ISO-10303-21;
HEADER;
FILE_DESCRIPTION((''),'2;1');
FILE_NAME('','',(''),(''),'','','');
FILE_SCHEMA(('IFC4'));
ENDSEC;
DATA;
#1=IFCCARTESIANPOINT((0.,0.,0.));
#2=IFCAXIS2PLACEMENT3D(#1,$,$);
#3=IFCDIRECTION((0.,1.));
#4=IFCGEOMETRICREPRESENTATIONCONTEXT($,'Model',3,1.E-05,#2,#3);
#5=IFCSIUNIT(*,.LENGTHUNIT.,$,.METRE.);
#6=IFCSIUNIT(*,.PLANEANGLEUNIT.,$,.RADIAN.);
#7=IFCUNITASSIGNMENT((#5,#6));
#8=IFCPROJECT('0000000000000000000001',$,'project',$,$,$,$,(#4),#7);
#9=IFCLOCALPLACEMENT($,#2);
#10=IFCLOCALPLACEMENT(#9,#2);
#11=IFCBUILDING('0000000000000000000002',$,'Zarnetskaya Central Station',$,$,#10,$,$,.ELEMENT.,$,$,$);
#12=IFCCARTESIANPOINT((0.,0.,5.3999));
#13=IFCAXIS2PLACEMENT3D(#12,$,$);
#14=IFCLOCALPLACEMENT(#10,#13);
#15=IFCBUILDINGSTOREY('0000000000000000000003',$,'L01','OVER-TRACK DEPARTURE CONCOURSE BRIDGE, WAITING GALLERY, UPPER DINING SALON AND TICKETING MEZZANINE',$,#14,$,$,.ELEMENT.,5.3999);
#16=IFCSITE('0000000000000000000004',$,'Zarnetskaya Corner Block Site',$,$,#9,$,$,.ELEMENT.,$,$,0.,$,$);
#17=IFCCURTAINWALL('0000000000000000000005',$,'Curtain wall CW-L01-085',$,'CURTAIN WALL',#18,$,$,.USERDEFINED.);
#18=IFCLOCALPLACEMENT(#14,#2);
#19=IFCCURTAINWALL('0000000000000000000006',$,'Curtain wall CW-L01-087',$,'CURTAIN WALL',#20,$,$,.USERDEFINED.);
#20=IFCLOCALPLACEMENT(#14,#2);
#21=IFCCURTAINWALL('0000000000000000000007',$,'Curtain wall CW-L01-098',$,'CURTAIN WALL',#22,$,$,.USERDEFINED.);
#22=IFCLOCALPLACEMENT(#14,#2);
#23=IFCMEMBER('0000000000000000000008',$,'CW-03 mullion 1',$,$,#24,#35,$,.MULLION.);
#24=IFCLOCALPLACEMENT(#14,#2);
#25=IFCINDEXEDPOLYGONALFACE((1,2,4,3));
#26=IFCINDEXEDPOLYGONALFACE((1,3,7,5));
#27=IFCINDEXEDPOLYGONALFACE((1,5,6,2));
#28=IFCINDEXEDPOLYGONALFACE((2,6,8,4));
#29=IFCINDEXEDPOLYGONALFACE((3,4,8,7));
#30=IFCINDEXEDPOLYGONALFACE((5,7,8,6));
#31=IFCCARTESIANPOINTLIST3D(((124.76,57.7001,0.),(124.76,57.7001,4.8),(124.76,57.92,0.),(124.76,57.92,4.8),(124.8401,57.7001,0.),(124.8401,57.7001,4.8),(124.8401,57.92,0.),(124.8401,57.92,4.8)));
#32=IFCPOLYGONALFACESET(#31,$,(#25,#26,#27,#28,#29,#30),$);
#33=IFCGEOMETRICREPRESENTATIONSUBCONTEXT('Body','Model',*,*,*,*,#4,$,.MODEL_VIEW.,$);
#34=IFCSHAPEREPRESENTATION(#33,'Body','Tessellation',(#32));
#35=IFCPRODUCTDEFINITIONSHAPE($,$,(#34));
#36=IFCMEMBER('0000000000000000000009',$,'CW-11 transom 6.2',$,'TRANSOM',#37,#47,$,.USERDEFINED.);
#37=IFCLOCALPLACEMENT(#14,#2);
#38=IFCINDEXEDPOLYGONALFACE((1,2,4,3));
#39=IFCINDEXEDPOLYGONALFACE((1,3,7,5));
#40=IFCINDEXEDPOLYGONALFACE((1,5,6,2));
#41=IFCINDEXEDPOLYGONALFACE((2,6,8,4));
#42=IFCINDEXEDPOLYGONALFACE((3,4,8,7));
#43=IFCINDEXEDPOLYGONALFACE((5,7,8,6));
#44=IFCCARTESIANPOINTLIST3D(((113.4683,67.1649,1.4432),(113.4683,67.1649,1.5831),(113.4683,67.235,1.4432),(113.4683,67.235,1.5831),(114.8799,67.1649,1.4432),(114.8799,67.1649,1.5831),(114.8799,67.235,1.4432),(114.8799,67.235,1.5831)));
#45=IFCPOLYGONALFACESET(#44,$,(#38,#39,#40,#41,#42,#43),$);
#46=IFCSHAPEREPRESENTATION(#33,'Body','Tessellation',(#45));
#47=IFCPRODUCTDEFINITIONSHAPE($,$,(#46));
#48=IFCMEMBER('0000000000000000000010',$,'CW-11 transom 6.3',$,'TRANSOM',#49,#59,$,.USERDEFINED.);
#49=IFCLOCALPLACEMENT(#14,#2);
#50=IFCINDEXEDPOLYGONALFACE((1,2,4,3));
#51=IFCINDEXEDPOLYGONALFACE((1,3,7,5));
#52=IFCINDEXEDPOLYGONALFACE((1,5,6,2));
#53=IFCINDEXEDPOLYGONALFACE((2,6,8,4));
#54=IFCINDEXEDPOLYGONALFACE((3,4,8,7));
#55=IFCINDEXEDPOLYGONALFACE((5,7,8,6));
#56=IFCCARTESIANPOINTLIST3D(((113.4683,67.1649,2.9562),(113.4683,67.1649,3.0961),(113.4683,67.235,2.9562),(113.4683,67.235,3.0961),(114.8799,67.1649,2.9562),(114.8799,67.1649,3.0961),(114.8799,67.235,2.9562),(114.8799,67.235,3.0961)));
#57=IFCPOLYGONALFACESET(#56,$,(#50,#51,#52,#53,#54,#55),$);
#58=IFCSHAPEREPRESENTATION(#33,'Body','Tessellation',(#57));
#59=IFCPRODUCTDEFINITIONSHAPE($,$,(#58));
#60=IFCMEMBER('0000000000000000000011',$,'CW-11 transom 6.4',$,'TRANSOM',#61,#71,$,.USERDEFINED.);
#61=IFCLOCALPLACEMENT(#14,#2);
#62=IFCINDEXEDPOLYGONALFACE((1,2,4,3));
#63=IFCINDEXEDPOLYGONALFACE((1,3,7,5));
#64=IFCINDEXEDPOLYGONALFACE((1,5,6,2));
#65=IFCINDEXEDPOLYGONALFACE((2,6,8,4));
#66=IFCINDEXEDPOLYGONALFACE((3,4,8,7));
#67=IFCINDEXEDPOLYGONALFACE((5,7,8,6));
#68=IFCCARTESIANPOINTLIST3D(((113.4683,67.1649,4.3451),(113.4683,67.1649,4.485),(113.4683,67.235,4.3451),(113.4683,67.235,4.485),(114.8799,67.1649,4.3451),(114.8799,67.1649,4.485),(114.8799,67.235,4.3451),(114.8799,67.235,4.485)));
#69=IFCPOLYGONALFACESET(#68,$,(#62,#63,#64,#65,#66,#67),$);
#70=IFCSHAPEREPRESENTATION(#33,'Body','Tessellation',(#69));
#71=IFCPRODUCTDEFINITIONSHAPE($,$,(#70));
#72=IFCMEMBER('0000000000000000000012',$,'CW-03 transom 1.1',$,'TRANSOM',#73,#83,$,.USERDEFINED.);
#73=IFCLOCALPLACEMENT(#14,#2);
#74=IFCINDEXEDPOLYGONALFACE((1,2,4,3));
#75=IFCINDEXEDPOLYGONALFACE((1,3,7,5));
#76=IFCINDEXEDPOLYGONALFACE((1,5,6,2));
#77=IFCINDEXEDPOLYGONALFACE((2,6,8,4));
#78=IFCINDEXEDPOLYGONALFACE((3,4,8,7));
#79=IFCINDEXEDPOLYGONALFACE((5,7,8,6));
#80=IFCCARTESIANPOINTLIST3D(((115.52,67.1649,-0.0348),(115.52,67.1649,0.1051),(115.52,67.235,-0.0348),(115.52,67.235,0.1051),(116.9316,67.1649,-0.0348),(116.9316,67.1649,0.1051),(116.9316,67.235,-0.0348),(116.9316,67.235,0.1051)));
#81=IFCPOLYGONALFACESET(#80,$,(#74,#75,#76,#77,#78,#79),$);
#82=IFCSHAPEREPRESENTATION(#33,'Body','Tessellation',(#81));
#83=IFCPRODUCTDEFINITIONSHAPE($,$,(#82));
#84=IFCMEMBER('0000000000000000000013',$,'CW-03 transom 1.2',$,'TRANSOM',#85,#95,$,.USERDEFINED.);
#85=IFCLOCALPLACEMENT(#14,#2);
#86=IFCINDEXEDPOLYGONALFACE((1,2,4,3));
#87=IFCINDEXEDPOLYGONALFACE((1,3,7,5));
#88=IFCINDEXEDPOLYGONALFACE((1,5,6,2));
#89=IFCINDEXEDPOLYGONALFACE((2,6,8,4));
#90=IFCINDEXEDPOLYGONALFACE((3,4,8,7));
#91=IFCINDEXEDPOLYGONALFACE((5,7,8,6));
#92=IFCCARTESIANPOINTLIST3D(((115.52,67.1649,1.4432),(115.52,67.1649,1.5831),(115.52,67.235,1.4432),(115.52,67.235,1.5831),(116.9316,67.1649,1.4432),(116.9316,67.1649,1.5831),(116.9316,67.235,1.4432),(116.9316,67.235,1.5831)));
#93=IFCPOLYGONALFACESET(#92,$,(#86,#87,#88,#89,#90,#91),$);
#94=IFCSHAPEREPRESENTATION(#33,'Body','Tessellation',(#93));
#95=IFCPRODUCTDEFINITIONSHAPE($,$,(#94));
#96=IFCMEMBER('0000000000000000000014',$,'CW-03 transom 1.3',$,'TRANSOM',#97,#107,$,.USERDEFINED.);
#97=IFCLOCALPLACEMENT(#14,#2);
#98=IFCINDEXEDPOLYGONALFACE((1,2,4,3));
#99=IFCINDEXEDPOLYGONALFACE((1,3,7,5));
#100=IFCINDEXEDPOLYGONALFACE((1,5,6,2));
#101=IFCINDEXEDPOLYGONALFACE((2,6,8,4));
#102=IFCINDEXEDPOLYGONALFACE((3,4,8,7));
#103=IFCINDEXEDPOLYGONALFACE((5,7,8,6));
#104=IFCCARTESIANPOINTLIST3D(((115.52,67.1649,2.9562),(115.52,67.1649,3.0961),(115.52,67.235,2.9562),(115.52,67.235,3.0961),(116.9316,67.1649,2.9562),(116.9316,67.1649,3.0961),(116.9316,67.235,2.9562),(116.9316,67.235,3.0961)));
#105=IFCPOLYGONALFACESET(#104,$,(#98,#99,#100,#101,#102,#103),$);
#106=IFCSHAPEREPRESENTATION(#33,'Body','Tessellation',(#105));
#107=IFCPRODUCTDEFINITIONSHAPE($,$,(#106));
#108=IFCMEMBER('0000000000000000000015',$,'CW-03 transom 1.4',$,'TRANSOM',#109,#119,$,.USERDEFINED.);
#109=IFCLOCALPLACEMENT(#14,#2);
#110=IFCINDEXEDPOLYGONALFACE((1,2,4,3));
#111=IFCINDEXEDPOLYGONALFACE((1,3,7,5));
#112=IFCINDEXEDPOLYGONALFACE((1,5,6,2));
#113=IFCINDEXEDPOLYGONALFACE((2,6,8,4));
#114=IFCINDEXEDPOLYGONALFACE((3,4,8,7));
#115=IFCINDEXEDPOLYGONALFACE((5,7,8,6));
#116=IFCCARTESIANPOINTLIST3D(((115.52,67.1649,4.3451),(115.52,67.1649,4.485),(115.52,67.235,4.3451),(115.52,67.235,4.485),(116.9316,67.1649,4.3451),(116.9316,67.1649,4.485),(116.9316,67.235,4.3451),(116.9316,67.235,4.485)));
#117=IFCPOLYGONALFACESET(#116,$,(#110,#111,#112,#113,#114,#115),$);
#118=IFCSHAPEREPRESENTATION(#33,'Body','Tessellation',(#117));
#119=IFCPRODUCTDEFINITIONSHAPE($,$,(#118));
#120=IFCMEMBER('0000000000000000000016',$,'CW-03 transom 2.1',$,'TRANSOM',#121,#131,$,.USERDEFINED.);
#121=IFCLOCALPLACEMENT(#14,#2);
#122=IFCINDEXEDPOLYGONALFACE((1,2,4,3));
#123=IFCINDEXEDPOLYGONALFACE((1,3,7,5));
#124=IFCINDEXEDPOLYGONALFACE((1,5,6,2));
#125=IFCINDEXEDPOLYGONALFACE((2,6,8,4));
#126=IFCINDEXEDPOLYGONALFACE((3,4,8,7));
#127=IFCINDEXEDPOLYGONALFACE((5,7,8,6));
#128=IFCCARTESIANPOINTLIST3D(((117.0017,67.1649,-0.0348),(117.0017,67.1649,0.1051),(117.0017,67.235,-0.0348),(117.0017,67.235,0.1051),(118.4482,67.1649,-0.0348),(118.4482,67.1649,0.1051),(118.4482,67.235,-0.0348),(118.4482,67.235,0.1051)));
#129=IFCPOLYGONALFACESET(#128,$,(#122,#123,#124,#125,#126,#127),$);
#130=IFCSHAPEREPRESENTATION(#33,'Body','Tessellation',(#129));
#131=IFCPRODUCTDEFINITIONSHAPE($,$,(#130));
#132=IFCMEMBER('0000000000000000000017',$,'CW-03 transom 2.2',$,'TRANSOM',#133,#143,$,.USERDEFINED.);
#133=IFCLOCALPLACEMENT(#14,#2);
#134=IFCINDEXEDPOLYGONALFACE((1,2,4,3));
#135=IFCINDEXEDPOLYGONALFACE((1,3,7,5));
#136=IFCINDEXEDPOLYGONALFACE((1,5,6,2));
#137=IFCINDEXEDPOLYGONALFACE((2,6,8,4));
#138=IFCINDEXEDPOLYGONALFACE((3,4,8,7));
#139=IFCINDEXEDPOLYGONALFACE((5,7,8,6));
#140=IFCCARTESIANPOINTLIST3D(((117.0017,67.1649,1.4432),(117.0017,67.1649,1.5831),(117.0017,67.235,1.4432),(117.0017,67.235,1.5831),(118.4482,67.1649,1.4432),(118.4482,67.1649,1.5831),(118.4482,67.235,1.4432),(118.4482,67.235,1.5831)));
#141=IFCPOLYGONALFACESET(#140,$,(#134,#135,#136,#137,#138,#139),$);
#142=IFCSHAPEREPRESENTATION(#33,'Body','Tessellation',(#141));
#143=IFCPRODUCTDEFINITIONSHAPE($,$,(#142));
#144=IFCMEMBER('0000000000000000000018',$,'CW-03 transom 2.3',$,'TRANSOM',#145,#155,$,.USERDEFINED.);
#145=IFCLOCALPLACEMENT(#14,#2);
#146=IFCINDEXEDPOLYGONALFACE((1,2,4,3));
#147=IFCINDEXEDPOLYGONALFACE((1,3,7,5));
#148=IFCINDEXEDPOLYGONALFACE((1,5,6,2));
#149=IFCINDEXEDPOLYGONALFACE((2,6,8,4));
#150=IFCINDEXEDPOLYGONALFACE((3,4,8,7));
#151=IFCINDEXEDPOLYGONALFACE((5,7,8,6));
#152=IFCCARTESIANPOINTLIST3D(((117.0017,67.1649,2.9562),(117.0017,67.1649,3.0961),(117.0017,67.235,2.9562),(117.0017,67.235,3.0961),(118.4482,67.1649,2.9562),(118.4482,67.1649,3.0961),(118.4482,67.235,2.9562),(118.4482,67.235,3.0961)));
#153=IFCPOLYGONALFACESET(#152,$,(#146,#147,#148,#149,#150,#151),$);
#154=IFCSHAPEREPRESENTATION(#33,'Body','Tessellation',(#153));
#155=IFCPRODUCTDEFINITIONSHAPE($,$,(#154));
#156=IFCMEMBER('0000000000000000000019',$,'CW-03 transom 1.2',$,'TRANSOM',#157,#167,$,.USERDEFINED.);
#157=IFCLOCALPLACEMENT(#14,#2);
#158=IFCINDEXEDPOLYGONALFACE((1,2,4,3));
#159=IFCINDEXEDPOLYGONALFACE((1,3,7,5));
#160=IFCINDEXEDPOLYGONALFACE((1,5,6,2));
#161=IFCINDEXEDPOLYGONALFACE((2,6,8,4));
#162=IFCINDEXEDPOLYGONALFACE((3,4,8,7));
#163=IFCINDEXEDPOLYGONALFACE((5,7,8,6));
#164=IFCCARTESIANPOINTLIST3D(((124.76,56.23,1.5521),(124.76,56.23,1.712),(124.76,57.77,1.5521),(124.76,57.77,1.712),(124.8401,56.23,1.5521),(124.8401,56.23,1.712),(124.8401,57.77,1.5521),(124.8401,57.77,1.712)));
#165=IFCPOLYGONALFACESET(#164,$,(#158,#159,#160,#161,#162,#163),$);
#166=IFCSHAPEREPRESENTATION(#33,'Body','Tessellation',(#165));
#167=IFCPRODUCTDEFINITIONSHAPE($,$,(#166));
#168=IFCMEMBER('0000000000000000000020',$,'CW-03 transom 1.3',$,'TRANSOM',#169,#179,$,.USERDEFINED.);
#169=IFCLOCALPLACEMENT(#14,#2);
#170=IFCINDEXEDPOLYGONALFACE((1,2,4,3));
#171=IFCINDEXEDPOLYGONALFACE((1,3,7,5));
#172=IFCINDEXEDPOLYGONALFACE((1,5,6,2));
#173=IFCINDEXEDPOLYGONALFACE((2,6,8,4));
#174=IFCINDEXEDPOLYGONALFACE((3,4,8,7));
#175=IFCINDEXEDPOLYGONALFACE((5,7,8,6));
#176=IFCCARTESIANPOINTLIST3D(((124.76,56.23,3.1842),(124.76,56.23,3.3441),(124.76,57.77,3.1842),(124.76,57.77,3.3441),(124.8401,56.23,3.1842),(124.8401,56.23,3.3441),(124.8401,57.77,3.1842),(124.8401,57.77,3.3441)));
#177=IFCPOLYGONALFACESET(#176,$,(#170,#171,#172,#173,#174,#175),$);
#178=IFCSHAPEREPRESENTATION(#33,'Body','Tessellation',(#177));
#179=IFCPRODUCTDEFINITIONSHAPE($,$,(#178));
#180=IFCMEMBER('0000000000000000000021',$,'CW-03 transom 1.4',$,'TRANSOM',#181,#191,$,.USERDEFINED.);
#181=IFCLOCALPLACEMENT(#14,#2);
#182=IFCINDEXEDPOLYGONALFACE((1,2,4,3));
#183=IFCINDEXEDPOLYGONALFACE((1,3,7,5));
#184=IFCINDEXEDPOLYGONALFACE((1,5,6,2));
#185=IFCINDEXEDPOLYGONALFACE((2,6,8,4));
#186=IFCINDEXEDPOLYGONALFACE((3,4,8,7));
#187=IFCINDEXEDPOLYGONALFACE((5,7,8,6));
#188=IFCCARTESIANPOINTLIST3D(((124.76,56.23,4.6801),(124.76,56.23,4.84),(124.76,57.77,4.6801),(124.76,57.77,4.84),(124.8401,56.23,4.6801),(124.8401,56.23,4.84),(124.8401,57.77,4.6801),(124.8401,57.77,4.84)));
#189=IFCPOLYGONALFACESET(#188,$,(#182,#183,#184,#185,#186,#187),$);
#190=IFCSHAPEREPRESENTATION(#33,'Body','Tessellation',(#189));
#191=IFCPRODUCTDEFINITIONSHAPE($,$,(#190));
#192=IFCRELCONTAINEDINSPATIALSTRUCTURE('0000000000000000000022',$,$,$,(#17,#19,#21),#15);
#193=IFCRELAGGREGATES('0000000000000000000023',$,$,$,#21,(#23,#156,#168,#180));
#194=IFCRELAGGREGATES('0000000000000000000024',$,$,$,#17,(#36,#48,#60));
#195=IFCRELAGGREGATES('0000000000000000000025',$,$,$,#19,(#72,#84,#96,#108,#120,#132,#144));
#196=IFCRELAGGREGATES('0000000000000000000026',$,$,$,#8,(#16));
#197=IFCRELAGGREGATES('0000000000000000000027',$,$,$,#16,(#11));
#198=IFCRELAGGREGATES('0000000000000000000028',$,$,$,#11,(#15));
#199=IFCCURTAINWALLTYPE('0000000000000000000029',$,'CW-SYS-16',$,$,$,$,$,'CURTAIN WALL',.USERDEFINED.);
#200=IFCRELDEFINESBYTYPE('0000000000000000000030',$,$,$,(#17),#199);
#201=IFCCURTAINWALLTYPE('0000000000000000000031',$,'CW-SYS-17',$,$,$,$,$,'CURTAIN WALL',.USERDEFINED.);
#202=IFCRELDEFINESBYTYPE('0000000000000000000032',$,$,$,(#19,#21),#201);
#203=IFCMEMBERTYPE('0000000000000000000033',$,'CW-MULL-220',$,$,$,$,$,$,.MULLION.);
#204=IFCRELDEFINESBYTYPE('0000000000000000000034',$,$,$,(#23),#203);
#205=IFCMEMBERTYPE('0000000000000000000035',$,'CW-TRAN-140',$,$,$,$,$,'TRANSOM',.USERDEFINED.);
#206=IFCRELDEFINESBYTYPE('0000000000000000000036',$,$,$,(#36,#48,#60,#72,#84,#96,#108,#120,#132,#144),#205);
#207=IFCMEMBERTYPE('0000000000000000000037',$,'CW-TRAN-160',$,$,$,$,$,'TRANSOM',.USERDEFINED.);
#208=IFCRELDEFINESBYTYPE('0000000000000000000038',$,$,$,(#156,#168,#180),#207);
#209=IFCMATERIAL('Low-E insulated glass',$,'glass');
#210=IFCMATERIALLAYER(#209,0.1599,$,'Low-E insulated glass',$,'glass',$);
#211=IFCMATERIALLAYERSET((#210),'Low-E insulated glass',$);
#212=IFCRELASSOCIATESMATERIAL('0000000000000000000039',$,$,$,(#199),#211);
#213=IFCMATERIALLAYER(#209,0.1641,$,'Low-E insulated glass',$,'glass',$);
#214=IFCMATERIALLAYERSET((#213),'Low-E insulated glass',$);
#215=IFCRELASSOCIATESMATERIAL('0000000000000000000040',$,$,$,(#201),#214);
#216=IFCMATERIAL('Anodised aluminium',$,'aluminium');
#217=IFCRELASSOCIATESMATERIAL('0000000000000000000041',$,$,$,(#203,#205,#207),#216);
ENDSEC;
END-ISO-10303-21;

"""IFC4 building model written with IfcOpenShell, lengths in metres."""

from ifc_helpers import new_model, si_unit, direction, frame, origin, origin_2d, place, context, subcontext, project, spatial, rectangle, extrude, material, layer, layer_set, material_profile, profile_set, type_object, element, aggregate, save


model = new_model("IFC4")

# Units and contexts
model_context = context("Model", 3, precision=1e-05, world=origin(), true_north=direction((0.0, 1.0)))
body_context = subcontext(model_context, "Body", "Model", "MODEL_VIEW")
ifc_project = project(units=[si_unit("LENGTHUNIT", "METRE"), si_unit("PLANEANGLEUNIT", "RADIAN")], contexts=[model_context])

# Site, building, storey
site_placement = place(None, origin())
site = spatial("IfcSite", under=ifc_project, at=site_placement, Name="Zarnetskaya Corner Block Site", CompositionType="ELEMENT", RefElevation=0.0)
building_placement = place(site_placement, origin())
building = spatial("IfcBuilding", under=site, at=building_placement, Name="Zarnetskaya Central Station", CompositionType="ELEMENT")
storey_placement = place(building_placement, frame((0.0, 0.0, 5.3999)))
storey = spatial("IfcBuildingStorey", under=building, at=storey_placement, Name="L01", Description="OVER-TRACK DEPARTURE CONCOURSE BRIDGE, WAITING GALLERY, UPPER DINING SALON AND TICKETING MEZZANINE", CompositionType="ELEMENT", Elevation=5.3999)

# Curtain wall
ifc_material_1 = material(Name="Low-E insulated glass", Category="glass")
ifc_layer_1 = layer(ifc_material_1, 0.1599, Name="Low-E insulated glass", Category="glass")
ifc_layer_set_1 = layer_set([ifc_layer_1], Name="Low-E insulated glass")
curtain_wall_type_1 = type_object("IfcCurtainWallType", Name="CW-SYS-16", ElementType="CURTAIN WALL", PredefinedType="USERDEFINED", material=ifc_layer_set_1)
curtain_wall_1_placement = place(storey_placement, origin())
curtain_wall_1 = element("IfcCurtainWall", 1, at=curtain_wall_1_placement, inside=storey, type_object=curtain_wall_type_1, Name="Curtain wall CW-L01-085", ObjectType="CURTAIN WALL", PredefinedType="USERDEFINED")
ifc_material_2 = material(Name="Anodised aluminium", Category="aluminium")

# Curtain wall
ifc_layer_2 = layer(ifc_material_1, 0.1641, Name="Low-E insulated glass", Category="glass")
ifc_layer_set_2 = layer_set([ifc_layer_2], Name="Low-E insulated glass")
curtain_wall_type_2 = type_object("IfcCurtainWallType", Name="CW-SYS-17", ElementType="CURTAIN WALL", PredefinedType="USERDEFINED", material=ifc_layer_set_2)
curtain_wall_2_placement = place(storey_placement, origin())
curtain_wall_2 = element("IfcCurtainWall", 2, at=curtain_wall_2_placement, inside=storey, type_object=curtain_wall_type_2, Name="Curtain wall CW-L01-087", ObjectType="CURTAIN WALL", PredefinedType="USERDEFINED")

# Curtain wall, member
curtain_wall_3_placement = place(storey_placement, origin())
curtain_wall_3 = element("IfcCurtainWall", 3, at=curtain_wall_3_placement, inside=storey, type_object=curtain_wall_type_2, Name="Curtain wall CW-L01-098", ObjectType="CURTAIN WALL", PredefinedType="USERDEFINED")
ifc_material_profile_1 = material_profile(ifc_material_2, rectangle(XDim=0.0801, YDim=0.22, at=origin_2d()), Name="ALU MULL 80x220")
ifc_profile_set_1 = profile_set([ifc_material_profile_1], Name="Anodised aluminium")
member_type_1 = type_object("IfcMemberType", Name="CW-MULL-220", PredefinedType="MULLION", material=ifc_profile_set_1)
member_1_placement = place(storey_placement, frame((124.8, 57.8101, 0.0), z_axis=(0.0, 0.0, 1.0), x_axis=(1.0, 0.0, 0.0)))
member_1 = element("IfcMember", 4, at=member_1_placement, type_object=member_type_1, Name="CW-03 mullion 1", PredefinedType="MULLION", context=body_context, shape_type="SweptSolid", body=[
    extrude(rectangle(XDim=0.0801, YDim=0.22, at=origin_2d()), origin(), (0.0, 0.0, 1.0), 4.8),
])

# Members
ifc_material_profile_2 = material_profile(ifc_material_2, rectangle(XDim=0.0701, YDim=0.1399, at=origin_2d()), Name="ALU TRAN 70x140")
ifc_profile_set_2 = profile_set([ifc_material_profile_2], Name="Anodised aluminium")
member_type_2 = type_object("IfcMemberType", Name="CW-TRAN-140", ElementType="TRANSOM", PredefinedType="USERDEFINED", material=ifc_profile_set_2)
member_2_placement = place(storey_placement, frame((113.4683, 67.2, 1.5132), z_axis=(1.0, 0.0, 0.0), x_axis=(0.0, 1.0, 0.0)))
member_2 = element("IfcMember", 5, at=member_2_placement, type_object=member_type_2, Name="CW-11 transom 6.2", ObjectType="TRANSOM", PredefinedType="USERDEFINED", context=body_context, shape_type="SweptSolid", body=[
    extrude(rectangle(XDim=0.0701, YDim=0.1399, at=origin_2d()), origin(), (0.0, 0.0, 1.0), 1.4116),
])
member_3_placement = place(storey_placement, frame((113.4683, 67.2, 3.0261), z_axis=(1.0, 0.0, 0.0), x_axis=(0.0, 1.0, 0.0)))
member_3 = element("IfcMember", 6, at=member_3_placement, type_object=member_type_2, Name="CW-11 transom 6.3", ObjectType="TRANSOM", PredefinedType="USERDEFINED", context=body_context, shape_type="SweptSolid", body=[
    extrude(rectangle(XDim=0.0701, YDim=0.1399, at=origin_2d()), origin(), (0.0, 0.0, 1.0), 1.4116),
])
member_4_placement = place(storey_placement, frame((113.4683, 67.2, 4.415), z_axis=(1.0, 0.0, 0.0), x_axis=(0.0, 1.0, 0.0)))
member_4 = element("IfcMember", 7, at=member_4_placement, type_object=member_type_2, Name="CW-11 transom 6.4", ObjectType="TRANSOM", PredefinedType="USERDEFINED", context=body_context, shape_type="SweptSolid", body=[
    extrude(rectangle(XDim=0.0701, YDim=0.1399, at=origin_2d()), origin(), (0.0, 0.0, 1.0), 1.4116),
])
member_5_placement = place(storey_placement, frame((115.52, 67.2, 0.0352), z_axis=(1.0, 0.0, 0.0), x_axis=(0.0, 1.0, 0.0)))
member_5 = element("IfcMember", 8, at=member_5_placement, type_object=member_type_2, Name="CW-03 transom 1.1", ObjectType="TRANSOM", PredefinedType="USERDEFINED", context=body_context, shape_type="SweptSolid", body=[
    extrude(rectangle(XDim=0.0701, YDim=0.1399, at=origin_2d()), origin(), (0.0, 0.0, 1.0), 1.4116),
])
member_6_placement = place(storey_placement, frame((115.52, 67.2, 1.5132), z_axis=(1.0, 0.0, 0.0), x_axis=(0.0, 1.0, 0.0)))
member_6 = element("IfcMember", 9, at=member_6_placement, type_object=member_type_2, Name="CW-03 transom 1.2", ObjectType="TRANSOM", PredefinedType="USERDEFINED", context=body_context, shape_type="SweptSolid", body=[
    extrude(rectangle(XDim=0.0701, YDim=0.1399, at=origin_2d()), origin(), (0.0, 0.0, 1.0), 1.4116),
])
member_7_placement = place(storey_placement, frame((115.52, 67.2, 3.0261), z_axis=(1.0, 0.0, 0.0), x_axis=(0.0, 1.0, 0.0)))
member_7 = element("IfcMember", 10, at=member_7_placement, type_object=member_type_2, Name="CW-03 transom 1.3", ObjectType="TRANSOM", PredefinedType="USERDEFINED", context=body_context, shape_type="SweptSolid", body=[
    extrude(rectangle(XDim=0.0701, YDim=0.1399, at=origin_2d()), origin(), (0.0, 0.0, 1.0), 1.4116),
])
member_8_placement = place(storey_placement, frame((115.52, 67.2, 4.415), z_axis=(1.0, 0.0, 0.0), x_axis=(0.0, 1.0, 0.0)))
member_8 = element("IfcMember", 11, at=member_8_placement, type_object=member_type_2, Name="CW-03 transom 1.4", ObjectType="TRANSOM", PredefinedType="USERDEFINED", context=body_context, shape_type="SweptSolid", body=[
    extrude(rectangle(XDim=0.0701, YDim=0.1399, at=origin_2d()), origin(), (0.0, 0.0, 1.0), 1.4116),
])
member_9_placement = place(storey_placement, frame((117.0017, 67.2, 0.0352), z_axis=(1.0, 0.0, 0.0), x_axis=(0.0, 1.0, 0.0)))
member_9 = element("IfcMember", 12, at=member_9_placement, type_object=member_type_2, Name="CW-03 transom 2.1", ObjectType="TRANSOM", PredefinedType="USERDEFINED", context=body_context, shape_type="SweptSolid", body=[
    extrude(rectangle(XDim=0.0701, YDim=0.1399, at=origin_2d()), origin(), (0.0, 0.0, 1.0), 1.4465),
])
member_10_placement = place(storey_placement, frame((117.0017, 67.2, 1.5132), z_axis=(1.0, 0.0, 0.0), x_axis=(0.0, 1.0, 0.0)))
member_10 = element("IfcMember", 13, at=member_10_placement, type_object=member_type_2, Name="CW-03 transom 2.2", ObjectType="TRANSOM", PredefinedType="USERDEFINED", context=body_context, shape_type="SweptSolid", body=[
    extrude(rectangle(XDim=0.0701, YDim=0.1399, at=origin_2d()), origin(), (0.0, 0.0, 1.0), 1.4465),
])
member_11_placement = place(storey_placement, frame((117.0017, 67.2, 3.0261), z_axis=(1.0, 0.0, 0.0), x_axis=(0.0, 1.0, 0.0)))
member_11 = element("IfcMember", 14, at=member_11_placement, type_object=member_type_2, Name="CW-03 transom 2.3", ObjectType="TRANSOM", PredefinedType="USERDEFINED", context=body_context, shape_type="SweptSolid", body=[
    extrude(rectangle(XDim=0.0701, YDim=0.1399, at=origin_2d()), origin(), (0.0, 0.0, 1.0), 1.4465),
])
ifc_material_profile_3 = material_profile(ifc_material_2, rectangle(XDim=0.0801, YDim=0.1599, at=origin_2d()), Name="ALU TRAN 80x160")
ifc_profile_set_3 = profile_set([ifc_material_profile_3], Name="Anodised aluminium")
member_type_3 = type_object("IfcMemberType", Name="CW-TRAN-160", ElementType="TRANSOM", PredefinedType="USERDEFINED", material=ifc_profile_set_3)
member_12_placement = place(storey_placement, frame((124.8, 57.77, 1.6321), z_axis=(0.0, -1.0, 0.0), x_axis=(1.0, 0.0, 0.0)))
member_12 = element("IfcMember", 15, at=member_12_placement, type_object=member_type_3, Name="CW-03 transom 1.2", ObjectType="TRANSOM", PredefinedType="USERDEFINED", context=body_context, shape_type="SweptSolid", body=[
    extrude(rectangle(XDim=0.0801, YDim=0.1599, at=origin_2d()), origin(), (0.0, 0.0, 1.0), 1.54),
])
member_13_placement = place(storey_placement, frame((124.8, 57.77, 3.2642), z_axis=(0.0, -1.0, 0.0), x_axis=(1.0, 0.0, 0.0)))
member_13 = element("IfcMember", 16, at=member_13_placement, type_object=member_type_3, Name="CW-03 transom 1.3", ObjectType="TRANSOM", PredefinedType="USERDEFINED", context=body_context, shape_type="SweptSolid", body=[
    extrude(rectangle(XDim=0.0801, YDim=0.1599, at=origin_2d()), origin(), (0.0, 0.0, 1.0), 1.54),
])
member_14_placement = place(storey_placement, frame((124.8, 57.77, 4.76), z_axis=(0.0, -1.0, 0.0), x_axis=(1.0, 0.0, 0.0)))
member_14 = element("IfcMember", 17, at=member_14_placement, type_object=member_type_3, Name="CW-03 transom 1.4", ObjectType="TRANSOM", PredefinedType="USERDEFINED", context=body_context, shape_type="SweptSolid", body=[
    extrude(rectangle(XDim=0.0801, YDim=0.1599, at=origin_2d()), origin(), (0.0, 0.0, 1.0), 1.54),
])
aggregate(curtain_wall_3, [member_1, member_12, member_13, member_14])

aggregate(curtain_wall_1, [member_2, member_3, member_4])
aggregate(curtain_wall_2, [member_5, member_6, member_7, member_8, member_9, member_10, member_11])

save(model, "model.ifc")
